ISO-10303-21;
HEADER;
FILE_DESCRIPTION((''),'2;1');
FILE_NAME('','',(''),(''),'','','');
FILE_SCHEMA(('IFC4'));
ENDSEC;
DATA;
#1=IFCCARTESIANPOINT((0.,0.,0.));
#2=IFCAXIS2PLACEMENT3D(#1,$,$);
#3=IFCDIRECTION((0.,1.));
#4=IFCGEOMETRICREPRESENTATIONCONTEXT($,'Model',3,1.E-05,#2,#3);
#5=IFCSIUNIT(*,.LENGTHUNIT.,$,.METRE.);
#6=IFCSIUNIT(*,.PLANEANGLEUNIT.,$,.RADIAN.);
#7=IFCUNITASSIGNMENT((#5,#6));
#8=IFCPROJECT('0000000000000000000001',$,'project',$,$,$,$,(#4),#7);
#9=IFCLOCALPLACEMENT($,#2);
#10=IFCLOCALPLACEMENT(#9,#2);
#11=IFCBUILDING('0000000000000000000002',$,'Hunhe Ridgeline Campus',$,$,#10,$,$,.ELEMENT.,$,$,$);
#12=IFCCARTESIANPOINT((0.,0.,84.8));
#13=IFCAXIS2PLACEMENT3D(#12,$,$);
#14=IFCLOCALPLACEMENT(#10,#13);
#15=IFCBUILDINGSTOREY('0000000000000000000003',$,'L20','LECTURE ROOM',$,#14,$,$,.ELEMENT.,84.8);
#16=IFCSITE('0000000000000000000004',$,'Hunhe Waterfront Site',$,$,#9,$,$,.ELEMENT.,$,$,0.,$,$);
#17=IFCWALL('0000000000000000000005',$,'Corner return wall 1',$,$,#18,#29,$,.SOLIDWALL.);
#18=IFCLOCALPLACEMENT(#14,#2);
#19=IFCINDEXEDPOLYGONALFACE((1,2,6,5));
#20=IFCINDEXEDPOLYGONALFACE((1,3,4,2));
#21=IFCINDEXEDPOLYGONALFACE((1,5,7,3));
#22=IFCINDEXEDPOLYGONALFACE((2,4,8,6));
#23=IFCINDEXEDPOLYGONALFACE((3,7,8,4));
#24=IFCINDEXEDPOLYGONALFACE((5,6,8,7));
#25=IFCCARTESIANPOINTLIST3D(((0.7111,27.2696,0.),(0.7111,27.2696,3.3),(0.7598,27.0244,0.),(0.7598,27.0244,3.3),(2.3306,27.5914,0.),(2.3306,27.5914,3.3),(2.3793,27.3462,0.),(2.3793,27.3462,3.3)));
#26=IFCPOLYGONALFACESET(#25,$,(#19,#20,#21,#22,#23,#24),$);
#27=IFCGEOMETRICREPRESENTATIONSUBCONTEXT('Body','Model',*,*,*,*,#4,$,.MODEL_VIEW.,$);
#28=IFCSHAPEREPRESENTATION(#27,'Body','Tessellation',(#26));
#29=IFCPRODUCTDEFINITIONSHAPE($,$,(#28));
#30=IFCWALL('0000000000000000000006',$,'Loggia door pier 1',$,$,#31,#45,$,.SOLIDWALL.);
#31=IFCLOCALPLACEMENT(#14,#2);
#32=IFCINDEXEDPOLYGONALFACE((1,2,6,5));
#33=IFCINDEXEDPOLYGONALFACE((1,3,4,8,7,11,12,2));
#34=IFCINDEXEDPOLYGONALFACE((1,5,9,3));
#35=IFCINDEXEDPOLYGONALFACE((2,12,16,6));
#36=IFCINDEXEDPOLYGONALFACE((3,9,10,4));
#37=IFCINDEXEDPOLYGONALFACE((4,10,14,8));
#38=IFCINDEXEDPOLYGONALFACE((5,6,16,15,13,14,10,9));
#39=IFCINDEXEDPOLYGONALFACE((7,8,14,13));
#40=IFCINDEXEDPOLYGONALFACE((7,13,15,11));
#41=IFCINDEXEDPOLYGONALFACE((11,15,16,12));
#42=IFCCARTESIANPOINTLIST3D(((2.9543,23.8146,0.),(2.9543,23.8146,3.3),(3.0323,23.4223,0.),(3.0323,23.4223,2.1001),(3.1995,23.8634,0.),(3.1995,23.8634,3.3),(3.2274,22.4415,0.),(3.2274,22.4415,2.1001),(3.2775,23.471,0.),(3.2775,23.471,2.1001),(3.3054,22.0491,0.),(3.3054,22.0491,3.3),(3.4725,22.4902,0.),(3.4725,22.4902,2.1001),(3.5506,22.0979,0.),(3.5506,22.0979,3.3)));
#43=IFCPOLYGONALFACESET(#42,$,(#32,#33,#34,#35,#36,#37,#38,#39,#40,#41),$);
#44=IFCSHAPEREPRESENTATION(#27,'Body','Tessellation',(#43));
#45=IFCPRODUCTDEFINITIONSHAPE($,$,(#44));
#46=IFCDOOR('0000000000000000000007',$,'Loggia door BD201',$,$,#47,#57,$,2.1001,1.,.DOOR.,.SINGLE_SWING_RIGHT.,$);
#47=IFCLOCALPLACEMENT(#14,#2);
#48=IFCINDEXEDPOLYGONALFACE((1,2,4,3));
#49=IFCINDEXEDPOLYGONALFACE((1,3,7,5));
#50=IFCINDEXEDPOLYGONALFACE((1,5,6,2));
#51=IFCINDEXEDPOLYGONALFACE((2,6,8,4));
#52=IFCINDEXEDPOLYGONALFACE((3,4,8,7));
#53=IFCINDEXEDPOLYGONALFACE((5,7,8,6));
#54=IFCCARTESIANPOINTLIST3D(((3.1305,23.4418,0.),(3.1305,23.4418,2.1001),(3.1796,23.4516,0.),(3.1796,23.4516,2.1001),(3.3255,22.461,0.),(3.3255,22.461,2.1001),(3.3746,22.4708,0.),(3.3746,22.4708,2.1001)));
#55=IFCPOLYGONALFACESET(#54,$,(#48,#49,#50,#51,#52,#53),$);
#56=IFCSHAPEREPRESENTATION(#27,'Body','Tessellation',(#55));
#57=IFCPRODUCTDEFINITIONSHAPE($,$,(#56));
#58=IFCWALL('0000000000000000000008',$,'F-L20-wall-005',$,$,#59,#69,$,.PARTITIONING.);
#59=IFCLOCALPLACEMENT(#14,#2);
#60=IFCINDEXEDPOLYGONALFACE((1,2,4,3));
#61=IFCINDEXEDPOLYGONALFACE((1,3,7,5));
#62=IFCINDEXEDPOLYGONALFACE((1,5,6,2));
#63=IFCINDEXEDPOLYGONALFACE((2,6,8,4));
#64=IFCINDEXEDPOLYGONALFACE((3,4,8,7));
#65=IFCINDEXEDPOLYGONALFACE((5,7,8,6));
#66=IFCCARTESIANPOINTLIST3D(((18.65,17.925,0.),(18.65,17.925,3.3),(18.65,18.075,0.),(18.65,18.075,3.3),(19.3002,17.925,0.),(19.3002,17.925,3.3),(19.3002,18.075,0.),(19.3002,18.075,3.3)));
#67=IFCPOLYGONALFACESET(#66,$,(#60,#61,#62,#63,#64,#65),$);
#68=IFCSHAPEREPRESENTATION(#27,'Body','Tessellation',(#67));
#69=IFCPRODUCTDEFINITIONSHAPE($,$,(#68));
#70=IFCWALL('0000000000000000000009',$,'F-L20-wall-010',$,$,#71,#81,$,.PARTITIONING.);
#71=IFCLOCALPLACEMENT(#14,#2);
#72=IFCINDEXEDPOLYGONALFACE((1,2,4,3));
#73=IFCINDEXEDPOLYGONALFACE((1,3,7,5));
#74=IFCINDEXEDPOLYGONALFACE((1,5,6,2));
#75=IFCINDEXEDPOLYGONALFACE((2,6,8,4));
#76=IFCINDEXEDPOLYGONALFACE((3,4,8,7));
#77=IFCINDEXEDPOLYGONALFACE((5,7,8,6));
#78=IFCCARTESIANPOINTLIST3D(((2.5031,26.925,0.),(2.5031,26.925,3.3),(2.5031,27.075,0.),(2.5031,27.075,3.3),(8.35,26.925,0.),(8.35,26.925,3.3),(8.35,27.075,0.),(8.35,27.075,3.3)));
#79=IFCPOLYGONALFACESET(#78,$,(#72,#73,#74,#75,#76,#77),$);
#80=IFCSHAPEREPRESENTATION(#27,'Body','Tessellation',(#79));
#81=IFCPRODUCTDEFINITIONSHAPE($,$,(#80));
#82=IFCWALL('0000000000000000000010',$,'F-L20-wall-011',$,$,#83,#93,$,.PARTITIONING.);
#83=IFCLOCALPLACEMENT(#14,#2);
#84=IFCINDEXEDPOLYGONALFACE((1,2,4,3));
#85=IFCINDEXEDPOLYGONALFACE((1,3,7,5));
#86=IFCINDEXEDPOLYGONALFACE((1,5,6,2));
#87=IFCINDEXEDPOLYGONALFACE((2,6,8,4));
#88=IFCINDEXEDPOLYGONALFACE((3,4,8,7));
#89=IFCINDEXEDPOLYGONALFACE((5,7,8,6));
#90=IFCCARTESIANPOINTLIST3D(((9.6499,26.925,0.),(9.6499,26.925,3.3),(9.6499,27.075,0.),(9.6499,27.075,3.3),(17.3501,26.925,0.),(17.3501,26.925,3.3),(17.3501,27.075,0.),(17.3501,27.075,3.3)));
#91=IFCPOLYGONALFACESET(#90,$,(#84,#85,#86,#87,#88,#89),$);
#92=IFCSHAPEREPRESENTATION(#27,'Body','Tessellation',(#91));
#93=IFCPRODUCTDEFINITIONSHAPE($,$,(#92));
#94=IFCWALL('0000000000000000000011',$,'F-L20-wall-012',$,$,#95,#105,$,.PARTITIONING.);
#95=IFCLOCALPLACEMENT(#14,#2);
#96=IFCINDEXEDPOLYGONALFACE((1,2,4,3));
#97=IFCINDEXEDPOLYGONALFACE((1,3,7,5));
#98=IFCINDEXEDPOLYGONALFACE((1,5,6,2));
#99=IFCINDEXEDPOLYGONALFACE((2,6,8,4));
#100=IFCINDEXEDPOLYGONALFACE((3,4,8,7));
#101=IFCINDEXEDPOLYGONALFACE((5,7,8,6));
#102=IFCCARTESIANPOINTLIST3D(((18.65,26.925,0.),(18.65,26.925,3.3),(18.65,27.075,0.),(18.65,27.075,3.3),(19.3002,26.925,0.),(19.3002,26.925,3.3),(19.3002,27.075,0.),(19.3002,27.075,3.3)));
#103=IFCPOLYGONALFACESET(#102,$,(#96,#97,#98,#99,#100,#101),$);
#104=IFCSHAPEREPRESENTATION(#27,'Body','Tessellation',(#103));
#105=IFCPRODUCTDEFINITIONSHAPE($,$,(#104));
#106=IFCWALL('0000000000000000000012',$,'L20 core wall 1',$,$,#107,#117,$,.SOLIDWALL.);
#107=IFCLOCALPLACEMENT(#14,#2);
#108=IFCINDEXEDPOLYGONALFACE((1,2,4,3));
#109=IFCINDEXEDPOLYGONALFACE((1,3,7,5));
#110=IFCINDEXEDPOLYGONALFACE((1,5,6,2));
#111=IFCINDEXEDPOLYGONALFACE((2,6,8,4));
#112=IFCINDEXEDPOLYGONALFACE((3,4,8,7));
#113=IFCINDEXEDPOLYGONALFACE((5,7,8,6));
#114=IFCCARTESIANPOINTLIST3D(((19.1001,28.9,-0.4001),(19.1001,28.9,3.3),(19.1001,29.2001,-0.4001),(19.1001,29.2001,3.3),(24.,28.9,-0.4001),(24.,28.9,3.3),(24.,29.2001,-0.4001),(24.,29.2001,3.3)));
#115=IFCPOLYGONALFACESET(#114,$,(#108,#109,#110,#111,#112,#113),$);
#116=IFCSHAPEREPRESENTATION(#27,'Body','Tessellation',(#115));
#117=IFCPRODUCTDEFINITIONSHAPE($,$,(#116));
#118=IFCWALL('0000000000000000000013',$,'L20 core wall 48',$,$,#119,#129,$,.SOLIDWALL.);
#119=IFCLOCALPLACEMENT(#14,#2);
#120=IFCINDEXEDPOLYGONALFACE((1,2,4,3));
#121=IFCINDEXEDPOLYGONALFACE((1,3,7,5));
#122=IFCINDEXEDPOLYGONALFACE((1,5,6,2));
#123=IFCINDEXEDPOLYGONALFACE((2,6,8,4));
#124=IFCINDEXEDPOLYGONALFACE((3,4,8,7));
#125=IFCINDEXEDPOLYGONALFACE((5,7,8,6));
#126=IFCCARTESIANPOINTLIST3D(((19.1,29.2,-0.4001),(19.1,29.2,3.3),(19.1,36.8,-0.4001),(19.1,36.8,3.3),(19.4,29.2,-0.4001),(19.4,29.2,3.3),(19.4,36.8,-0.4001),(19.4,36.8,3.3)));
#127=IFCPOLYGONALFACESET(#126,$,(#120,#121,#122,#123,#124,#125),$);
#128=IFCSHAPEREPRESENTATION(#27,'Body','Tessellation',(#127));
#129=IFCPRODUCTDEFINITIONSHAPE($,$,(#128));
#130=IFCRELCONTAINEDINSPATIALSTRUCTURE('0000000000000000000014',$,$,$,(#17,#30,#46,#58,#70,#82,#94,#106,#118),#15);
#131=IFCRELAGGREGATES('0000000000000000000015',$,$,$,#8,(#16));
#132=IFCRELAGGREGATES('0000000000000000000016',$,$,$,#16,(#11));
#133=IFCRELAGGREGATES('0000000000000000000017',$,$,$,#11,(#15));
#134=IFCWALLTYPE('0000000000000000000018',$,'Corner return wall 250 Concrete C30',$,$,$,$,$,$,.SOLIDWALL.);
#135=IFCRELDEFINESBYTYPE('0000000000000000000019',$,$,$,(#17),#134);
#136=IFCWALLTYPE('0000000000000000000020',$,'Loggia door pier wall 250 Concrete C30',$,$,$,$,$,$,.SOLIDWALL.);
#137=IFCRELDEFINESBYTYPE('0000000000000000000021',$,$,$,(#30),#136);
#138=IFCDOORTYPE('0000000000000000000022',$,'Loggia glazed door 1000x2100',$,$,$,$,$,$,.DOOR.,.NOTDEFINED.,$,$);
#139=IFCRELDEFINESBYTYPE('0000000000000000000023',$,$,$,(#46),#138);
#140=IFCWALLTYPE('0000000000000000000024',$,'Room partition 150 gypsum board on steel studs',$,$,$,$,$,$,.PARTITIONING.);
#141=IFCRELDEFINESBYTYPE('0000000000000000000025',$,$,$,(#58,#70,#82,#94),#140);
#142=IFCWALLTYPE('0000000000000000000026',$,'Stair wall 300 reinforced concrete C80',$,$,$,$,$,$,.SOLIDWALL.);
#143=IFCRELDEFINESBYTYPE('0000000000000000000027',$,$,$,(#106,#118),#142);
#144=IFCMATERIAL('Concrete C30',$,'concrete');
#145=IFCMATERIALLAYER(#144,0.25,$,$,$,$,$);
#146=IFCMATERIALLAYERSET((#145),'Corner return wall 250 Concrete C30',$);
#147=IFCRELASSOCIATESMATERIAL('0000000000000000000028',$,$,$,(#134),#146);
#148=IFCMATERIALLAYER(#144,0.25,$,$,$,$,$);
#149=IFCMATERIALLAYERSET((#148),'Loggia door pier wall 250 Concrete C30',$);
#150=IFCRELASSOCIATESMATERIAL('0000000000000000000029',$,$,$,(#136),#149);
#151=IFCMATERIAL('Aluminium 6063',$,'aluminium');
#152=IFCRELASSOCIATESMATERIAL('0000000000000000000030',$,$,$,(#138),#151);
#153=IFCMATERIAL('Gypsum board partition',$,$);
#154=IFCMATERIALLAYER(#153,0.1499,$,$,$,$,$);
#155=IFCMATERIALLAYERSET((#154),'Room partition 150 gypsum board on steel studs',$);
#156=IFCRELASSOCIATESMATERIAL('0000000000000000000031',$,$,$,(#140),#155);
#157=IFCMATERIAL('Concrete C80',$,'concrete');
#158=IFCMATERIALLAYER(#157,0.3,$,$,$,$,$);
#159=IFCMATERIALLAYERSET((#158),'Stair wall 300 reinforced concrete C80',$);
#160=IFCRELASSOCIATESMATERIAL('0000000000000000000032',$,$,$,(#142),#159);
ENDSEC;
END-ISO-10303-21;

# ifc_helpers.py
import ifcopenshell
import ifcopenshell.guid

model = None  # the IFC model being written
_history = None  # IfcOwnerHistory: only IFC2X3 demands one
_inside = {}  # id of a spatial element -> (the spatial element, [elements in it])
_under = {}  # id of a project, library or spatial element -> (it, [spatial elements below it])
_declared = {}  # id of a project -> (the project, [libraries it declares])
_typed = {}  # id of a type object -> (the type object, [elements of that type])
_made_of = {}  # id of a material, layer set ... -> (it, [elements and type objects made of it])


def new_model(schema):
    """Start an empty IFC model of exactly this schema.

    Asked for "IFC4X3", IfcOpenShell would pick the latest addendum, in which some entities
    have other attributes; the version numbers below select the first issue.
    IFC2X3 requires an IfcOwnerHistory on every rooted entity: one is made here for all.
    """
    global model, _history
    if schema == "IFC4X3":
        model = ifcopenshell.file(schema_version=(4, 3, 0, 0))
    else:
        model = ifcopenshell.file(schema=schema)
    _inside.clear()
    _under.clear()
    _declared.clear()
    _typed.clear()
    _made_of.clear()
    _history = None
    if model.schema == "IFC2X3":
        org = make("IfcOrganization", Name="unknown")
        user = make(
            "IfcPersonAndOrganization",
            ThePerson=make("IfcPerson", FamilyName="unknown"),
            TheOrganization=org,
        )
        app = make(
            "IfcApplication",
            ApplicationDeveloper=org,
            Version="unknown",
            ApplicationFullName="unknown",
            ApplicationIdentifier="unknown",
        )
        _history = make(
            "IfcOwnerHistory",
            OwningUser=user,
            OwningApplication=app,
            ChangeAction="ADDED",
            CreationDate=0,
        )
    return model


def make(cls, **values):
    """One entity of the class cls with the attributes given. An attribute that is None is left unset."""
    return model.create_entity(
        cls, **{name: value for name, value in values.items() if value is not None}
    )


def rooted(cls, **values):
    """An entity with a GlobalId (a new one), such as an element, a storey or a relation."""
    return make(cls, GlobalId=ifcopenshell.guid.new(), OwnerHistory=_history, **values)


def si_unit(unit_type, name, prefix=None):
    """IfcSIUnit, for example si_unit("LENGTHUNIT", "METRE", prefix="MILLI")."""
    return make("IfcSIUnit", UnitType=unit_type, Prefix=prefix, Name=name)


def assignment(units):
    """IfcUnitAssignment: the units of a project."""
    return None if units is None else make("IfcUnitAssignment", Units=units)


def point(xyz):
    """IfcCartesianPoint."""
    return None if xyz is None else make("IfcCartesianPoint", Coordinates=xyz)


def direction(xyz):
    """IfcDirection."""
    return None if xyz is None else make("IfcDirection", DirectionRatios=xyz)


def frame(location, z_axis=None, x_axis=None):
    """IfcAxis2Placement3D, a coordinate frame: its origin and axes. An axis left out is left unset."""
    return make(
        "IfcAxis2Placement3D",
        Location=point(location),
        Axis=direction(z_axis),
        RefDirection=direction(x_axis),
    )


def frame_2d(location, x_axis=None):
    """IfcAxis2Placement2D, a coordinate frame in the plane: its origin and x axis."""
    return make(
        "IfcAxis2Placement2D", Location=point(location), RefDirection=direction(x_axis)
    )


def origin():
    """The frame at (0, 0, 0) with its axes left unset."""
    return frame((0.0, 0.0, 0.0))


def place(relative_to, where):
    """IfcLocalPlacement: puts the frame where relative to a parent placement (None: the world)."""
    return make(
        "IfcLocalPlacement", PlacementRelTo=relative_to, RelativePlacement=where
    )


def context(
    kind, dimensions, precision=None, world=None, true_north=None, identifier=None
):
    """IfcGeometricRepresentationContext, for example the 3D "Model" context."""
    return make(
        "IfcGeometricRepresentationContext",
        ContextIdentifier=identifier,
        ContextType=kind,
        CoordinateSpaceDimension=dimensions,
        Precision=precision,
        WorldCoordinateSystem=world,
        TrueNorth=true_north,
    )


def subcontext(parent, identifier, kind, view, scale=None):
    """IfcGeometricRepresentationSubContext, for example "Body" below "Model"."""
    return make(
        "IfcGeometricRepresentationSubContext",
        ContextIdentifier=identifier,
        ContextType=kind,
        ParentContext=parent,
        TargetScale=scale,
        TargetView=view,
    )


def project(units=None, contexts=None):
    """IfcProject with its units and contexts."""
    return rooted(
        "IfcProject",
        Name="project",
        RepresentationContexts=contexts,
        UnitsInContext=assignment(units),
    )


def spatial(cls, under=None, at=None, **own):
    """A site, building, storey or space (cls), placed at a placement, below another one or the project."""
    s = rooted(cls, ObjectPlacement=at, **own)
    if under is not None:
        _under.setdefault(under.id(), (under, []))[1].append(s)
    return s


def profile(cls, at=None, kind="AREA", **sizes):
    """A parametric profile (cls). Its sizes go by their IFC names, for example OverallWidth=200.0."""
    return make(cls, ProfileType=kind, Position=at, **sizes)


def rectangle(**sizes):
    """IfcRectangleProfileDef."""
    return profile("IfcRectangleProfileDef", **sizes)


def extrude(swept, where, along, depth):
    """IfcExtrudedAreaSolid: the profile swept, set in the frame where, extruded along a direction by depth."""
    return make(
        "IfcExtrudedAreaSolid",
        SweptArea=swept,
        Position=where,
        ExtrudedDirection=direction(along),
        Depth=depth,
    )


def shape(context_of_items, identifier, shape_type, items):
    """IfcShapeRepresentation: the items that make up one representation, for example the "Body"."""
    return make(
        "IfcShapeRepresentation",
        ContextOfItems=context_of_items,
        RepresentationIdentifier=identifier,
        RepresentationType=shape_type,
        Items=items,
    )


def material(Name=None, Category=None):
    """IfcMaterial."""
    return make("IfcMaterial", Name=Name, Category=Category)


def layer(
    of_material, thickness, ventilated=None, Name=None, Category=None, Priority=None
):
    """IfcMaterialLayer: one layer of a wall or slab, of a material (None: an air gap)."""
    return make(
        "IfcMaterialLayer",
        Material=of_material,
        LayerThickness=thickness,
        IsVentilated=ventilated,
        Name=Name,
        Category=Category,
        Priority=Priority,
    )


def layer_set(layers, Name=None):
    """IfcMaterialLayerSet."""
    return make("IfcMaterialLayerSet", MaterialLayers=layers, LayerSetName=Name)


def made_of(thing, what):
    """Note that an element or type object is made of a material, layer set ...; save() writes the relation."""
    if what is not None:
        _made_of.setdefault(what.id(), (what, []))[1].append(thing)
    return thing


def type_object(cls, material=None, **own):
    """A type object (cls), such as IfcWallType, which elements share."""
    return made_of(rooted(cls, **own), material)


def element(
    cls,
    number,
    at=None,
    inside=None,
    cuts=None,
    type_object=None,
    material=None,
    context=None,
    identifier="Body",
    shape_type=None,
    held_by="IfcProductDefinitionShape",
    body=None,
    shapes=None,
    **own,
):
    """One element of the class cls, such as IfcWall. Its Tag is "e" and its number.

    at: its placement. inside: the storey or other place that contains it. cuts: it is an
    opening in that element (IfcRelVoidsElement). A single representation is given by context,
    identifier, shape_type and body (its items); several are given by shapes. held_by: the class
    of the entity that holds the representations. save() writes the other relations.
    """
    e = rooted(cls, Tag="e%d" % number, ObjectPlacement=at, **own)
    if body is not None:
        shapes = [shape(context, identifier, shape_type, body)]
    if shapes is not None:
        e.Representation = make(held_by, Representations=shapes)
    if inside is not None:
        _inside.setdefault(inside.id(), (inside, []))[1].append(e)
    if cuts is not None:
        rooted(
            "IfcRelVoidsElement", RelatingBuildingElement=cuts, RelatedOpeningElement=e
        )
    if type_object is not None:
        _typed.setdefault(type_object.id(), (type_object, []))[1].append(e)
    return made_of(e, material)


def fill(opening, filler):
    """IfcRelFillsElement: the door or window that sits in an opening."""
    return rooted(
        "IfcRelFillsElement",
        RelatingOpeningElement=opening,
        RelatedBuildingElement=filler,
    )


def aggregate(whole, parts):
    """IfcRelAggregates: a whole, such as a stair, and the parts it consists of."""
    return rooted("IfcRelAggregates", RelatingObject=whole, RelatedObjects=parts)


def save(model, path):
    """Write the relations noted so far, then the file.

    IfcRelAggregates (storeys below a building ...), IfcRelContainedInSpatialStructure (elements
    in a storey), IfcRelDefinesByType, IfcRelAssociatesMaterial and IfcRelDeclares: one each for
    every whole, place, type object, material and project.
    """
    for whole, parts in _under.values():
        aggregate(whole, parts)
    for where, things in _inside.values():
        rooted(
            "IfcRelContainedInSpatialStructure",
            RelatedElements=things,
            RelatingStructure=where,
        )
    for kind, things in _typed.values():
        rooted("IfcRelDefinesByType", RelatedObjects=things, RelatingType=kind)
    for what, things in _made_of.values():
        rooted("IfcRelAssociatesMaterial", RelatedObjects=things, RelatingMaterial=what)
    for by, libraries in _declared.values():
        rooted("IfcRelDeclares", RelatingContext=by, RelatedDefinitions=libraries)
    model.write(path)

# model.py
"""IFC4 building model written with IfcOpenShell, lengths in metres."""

from ifc_helpers import new_model, si_unit, direction, frame, frame_2d, origin, place, context, subcontext, project, spatial, rectangle, extrude, material, layer, layer_set, type_object, element, fill, save


model = new_model("IFC4")

# Units and contexts
model_context = context("Model", 3, precision=1e-05, world=origin(), true_north=direction((0.0, 1.0)))
body_context = subcontext(model_context, "Body", "Model", "MODEL_VIEW")
ifc_project = project(units=[si_unit("LENGTHUNIT", "METRE"), si_unit("PLANEANGLEUNIT", "RADIAN")], contexts=[model_context])

# Site, building, storey
site_placement = place(None, origin())
site = spatial("IfcSite", under=ifc_project, at=site_placement, Name="Hunhe Waterfront Site", CompositionType="ELEMENT", RefElevation=0.0)
building_placement = place(site_placement, origin())
building = spatial("IfcBuilding", under=site, at=building_placement, Name="Hunhe Ridgeline Campus", CompositionType="ELEMENT")
storey_placement = place(building_placement, frame((0.0, 0.0, 84.8)))
storey = spatial("IfcBuildingStorey", under=building, at=storey_placement, Name="L20", Description="LECTURE ROOM", CompositionType="ELEMENT", Elevation=84.8)

# Shared definitions
ifc_material_1 = material(Name="Aluminium 6063", Category="aluminium")

# Wall
ifc_material_2 = material(Name="Concrete C30", Category="concrete")
ifc_layer_1 = layer(ifc_material_2, 0.25)
ifc_layer_set_1 = layer_set([ifc_layer_1], Name="Corner return wall 250 Concrete C30")
wall_type_1 = type_object("IfcWallType", Name="Corner return wall 250 Concrete C30", PredefinedType="SOLIDWALL", material=ifc_layer_set_1)
wall_1_placement = place(storey_placement, frame((0.7354, 27.147, 0.0), z_axis=(0.0, 0.0, 1.0), x_axis=(0.980824, 0.194893, 0.0)))
element("IfcWall", 1, at=wall_1_placement, inside=storey, type_object=wall_type_1, Name="Corner return wall 1", PredefinedType="SOLIDWALL", context=body_context, shape_type="SweptSolid", body=[
    extrude(rectangle(XDim=1.6511, YDim=0.25, at=frame_2d((0.8257, 0.0))), origin(), (0.0, 0.0, 1.0), 3.3),
])

# Wall, opening, door
ifc_layer_2 = layer(ifc_material_2, 0.25)
ifc_layer_set_2 = layer_set([ifc_layer_2], Name="Loggia door pier wall 250 Concrete C30")
wall_type_2 = type_object("IfcWallType", Name="Loggia door pier wall 250 Concrete C30", PredefinedType="SOLIDWALL", material=ifc_layer_set_2)
wall_2_placement = place(storey_placement, frame((3.0769, 23.8389, 0.0), z_axis=(0.0, 0.0, 1.0), x_axis=(0.195047, -0.980794, 0.0)))
wall_2 = element("IfcWall", 2, at=wall_2_placement, inside=storey, type_object=wall_type_2, Name="Loggia door pier 1", PredefinedType="SOLIDWALL", context=body_context, shape_type="SweptSolid", body=[
    extrude(rectangle(XDim=1.8, YDim=0.25, at=frame_2d((0.8999, 0.0))), origin(), (0.0, 0.0, 1.0), 3.3),
])
opening_placement = place(wall_2_placement, frame((0.3999, 0.0, 0.0)))
opening = element("IfcOpeningElement", 3, at=opening_placement, cuts=wall_2, PredefinedType="OPENING", context=body_context, shape_type="SweptSolid", body=[
    extrude(rectangle(XDim=1.0, YDim=2.1001, at=frame_2d((0.5, 1.05))), frame((0.0, 0.125, 0.0), z_axis=(0.0, -1.0, 0.0), x_axis=(1.0, 0.0, 0.0)), (0.0, 0.0, 1.0), 0.25),
])
door_type = type_object("IfcDoorType", Name="Loggia glazed door 1000x2100", OperationType="NOTDEFINED", PredefinedType="DOOR", material=ifc_material_1)
door_placement = place(opening_placement, frame((1.0, 0.0, 0.0), z_axis=(0.0, 0.0, 1.0), x_axis=(-1.0, 0.0, 0.0)))
door = element("IfcDoor", 4, at=door_placement, inside=storey, type_object=door_type, Name="Loggia door BD201", OperationType="SINGLE_SWING_RIGHT", OverallHeight=2.1001, OverallWidth=1.0, PredefinedType="DOOR", context=body_context, shape_type="SweptSolid", body=[
    extrude(rectangle(XDim=1.0, YDim=2.1001, at=frame_2d((0.5, 1.05))), frame((0.0, 0.0249, 0.0), z_axis=(0.0, -1.0, 0.0), x_axis=(1.0, 0.0, 0.0)), (0.0, 0.0, 1.0), 0.05),
])
fill(opening, door)

# Walls
ifc_material_3 = material(Name="Gypsum board partition")
ifc_layer_3 = layer(ifc_material_3, 0.1499)
ifc_layer_set_3 = layer_set([ifc_layer_3], Name="Room partition 150 gypsum board on steel studs")
wall_type_3 = type_object("IfcWallType", Name="Room partition 150 gypsum board on steel studs", PredefinedType="PARTITIONING", material=ifc_layer_set_3)
wall_3_placement = place(storey_placement, frame((18.6499, 18.0, 0.0), z_axis=(0.0, 0.0, 1.0), x_axis=(1.0, 0.0, 0.0)))
element("IfcWall", 5, at=wall_3_placement, inside=storey, type_object=wall_type_3, Name="F-L20-wall-005", PredefinedType="PARTITIONING", context=body_context, shape_type="SweptSolid", body=[
    extrude(rectangle(XDim=0.6501, YDim=0.1499, at=frame_2d((0.3252, 0.0))), origin(), (0.0, 0.0, 1.0), 3.3),
])
wall_4_placement = place(storey_placement, frame((2.5032, 27.0, 0.0), z_axis=(0.0, 0.0, 1.0), x_axis=(1.0, 0.0, 0.0)))
element("IfcWall", 6, at=wall_4_placement, inside=storey, type_object=wall_type_3, Name="F-L20-wall-010", PredefinedType="PARTITIONING", context=body_context, shape_type="SweptSolid", body=[
    extrude(rectangle(XDim=5.8469, YDim=0.1499, at=frame_2d((2.9233, 0.0))), origin(), (0.0, 0.0, 1.0), 3.3),
])
wall_5_placement = place(storey_placement, frame((9.6499, 27.0, 0.0), z_axis=(0.0, 0.0, 1.0), x_axis=(1.0, 0.0, 0.0)))
element("IfcWall", 7, at=wall_5_placement, inside=storey, type_object=wall_type_3, Name="F-L20-wall-011", PredefinedType="PARTITIONING", context=body_context, shape_type="SweptSolid", body=[
    extrude(rectangle(XDim=7.7002, YDim=0.1499, at=frame_2d((3.8501, 0.0))), origin(), (0.0, 0.0, 1.0), 3.3),
])
wall_6_placement = place(storey_placement, frame((18.6499, 27.0, 0.0), z_axis=(0.0, 0.0, 1.0), x_axis=(1.0, 0.0, 0.0)))
element("IfcWall", 8, at=wall_6_placement, inside=storey, type_object=wall_type_3, Name="F-L20-wall-012", PredefinedType="PARTITIONING", context=body_context, shape_type="SweptSolid", body=[
    extrude(rectangle(XDim=0.6501, YDim=0.1499, at=frame_2d((0.3252, 0.0))), origin(), (0.0, 0.0, 1.0), 3.3),
])
ifc_material_4 = material(Name="Concrete C80", Category="concrete")
ifc_layer_4 = layer(ifc_material_4, 0.3)
ifc_layer_set_4 = layer_set([ifc_layer_4], Name="Stair wall 300 reinforced concrete C80")
wall_type_4 = type_object("IfcWallType", Name="Stair wall 300 reinforced concrete C80", PredefinedType="SOLIDWALL", material=ifc_layer_set_4)
wall_7_placement = place(storey_placement, frame((19.1001, 29.05, -0.4001), z_axis=(0.0, 0.0, 1.0), x_axis=(1.0, 0.0, 0.0)))
element("IfcWall", 9, at=wall_7_placement, inside=storey, type_object=wall_type_4, Name="L20 core wall 1", PredefinedType="SOLIDWALL", context=body_context, shape_type="SweptSolid", body=[
    extrude(rectangle(XDim=4.8999, YDim=0.3, at=frame_2d((2.45, 0.0))), origin(), (0.0, 0.0, 1.0), 3.7002),
])
wall_8_placement = place(storey_placement, frame((19.25, 29.2, -0.4001), z_axis=(0.0, 0.0, 1.0), x_axis=(0.0, 1.0, 0.0)))
element("IfcWall", 10, at=wall_8_placement, inside=storey, type_object=wall_type_4, Name="L20 core wall 48", PredefinedType="SOLIDWALL", context=body_context, shape_type="SweptSolid", body=[
    extrude(rectangle(XDim=7.6001, YDim=0.3, at=frame_2d((3.8, 0.0))), origin(), (0.0, 0.0, 1.0), 3.7002),
])

save(model, "model.ifc")
